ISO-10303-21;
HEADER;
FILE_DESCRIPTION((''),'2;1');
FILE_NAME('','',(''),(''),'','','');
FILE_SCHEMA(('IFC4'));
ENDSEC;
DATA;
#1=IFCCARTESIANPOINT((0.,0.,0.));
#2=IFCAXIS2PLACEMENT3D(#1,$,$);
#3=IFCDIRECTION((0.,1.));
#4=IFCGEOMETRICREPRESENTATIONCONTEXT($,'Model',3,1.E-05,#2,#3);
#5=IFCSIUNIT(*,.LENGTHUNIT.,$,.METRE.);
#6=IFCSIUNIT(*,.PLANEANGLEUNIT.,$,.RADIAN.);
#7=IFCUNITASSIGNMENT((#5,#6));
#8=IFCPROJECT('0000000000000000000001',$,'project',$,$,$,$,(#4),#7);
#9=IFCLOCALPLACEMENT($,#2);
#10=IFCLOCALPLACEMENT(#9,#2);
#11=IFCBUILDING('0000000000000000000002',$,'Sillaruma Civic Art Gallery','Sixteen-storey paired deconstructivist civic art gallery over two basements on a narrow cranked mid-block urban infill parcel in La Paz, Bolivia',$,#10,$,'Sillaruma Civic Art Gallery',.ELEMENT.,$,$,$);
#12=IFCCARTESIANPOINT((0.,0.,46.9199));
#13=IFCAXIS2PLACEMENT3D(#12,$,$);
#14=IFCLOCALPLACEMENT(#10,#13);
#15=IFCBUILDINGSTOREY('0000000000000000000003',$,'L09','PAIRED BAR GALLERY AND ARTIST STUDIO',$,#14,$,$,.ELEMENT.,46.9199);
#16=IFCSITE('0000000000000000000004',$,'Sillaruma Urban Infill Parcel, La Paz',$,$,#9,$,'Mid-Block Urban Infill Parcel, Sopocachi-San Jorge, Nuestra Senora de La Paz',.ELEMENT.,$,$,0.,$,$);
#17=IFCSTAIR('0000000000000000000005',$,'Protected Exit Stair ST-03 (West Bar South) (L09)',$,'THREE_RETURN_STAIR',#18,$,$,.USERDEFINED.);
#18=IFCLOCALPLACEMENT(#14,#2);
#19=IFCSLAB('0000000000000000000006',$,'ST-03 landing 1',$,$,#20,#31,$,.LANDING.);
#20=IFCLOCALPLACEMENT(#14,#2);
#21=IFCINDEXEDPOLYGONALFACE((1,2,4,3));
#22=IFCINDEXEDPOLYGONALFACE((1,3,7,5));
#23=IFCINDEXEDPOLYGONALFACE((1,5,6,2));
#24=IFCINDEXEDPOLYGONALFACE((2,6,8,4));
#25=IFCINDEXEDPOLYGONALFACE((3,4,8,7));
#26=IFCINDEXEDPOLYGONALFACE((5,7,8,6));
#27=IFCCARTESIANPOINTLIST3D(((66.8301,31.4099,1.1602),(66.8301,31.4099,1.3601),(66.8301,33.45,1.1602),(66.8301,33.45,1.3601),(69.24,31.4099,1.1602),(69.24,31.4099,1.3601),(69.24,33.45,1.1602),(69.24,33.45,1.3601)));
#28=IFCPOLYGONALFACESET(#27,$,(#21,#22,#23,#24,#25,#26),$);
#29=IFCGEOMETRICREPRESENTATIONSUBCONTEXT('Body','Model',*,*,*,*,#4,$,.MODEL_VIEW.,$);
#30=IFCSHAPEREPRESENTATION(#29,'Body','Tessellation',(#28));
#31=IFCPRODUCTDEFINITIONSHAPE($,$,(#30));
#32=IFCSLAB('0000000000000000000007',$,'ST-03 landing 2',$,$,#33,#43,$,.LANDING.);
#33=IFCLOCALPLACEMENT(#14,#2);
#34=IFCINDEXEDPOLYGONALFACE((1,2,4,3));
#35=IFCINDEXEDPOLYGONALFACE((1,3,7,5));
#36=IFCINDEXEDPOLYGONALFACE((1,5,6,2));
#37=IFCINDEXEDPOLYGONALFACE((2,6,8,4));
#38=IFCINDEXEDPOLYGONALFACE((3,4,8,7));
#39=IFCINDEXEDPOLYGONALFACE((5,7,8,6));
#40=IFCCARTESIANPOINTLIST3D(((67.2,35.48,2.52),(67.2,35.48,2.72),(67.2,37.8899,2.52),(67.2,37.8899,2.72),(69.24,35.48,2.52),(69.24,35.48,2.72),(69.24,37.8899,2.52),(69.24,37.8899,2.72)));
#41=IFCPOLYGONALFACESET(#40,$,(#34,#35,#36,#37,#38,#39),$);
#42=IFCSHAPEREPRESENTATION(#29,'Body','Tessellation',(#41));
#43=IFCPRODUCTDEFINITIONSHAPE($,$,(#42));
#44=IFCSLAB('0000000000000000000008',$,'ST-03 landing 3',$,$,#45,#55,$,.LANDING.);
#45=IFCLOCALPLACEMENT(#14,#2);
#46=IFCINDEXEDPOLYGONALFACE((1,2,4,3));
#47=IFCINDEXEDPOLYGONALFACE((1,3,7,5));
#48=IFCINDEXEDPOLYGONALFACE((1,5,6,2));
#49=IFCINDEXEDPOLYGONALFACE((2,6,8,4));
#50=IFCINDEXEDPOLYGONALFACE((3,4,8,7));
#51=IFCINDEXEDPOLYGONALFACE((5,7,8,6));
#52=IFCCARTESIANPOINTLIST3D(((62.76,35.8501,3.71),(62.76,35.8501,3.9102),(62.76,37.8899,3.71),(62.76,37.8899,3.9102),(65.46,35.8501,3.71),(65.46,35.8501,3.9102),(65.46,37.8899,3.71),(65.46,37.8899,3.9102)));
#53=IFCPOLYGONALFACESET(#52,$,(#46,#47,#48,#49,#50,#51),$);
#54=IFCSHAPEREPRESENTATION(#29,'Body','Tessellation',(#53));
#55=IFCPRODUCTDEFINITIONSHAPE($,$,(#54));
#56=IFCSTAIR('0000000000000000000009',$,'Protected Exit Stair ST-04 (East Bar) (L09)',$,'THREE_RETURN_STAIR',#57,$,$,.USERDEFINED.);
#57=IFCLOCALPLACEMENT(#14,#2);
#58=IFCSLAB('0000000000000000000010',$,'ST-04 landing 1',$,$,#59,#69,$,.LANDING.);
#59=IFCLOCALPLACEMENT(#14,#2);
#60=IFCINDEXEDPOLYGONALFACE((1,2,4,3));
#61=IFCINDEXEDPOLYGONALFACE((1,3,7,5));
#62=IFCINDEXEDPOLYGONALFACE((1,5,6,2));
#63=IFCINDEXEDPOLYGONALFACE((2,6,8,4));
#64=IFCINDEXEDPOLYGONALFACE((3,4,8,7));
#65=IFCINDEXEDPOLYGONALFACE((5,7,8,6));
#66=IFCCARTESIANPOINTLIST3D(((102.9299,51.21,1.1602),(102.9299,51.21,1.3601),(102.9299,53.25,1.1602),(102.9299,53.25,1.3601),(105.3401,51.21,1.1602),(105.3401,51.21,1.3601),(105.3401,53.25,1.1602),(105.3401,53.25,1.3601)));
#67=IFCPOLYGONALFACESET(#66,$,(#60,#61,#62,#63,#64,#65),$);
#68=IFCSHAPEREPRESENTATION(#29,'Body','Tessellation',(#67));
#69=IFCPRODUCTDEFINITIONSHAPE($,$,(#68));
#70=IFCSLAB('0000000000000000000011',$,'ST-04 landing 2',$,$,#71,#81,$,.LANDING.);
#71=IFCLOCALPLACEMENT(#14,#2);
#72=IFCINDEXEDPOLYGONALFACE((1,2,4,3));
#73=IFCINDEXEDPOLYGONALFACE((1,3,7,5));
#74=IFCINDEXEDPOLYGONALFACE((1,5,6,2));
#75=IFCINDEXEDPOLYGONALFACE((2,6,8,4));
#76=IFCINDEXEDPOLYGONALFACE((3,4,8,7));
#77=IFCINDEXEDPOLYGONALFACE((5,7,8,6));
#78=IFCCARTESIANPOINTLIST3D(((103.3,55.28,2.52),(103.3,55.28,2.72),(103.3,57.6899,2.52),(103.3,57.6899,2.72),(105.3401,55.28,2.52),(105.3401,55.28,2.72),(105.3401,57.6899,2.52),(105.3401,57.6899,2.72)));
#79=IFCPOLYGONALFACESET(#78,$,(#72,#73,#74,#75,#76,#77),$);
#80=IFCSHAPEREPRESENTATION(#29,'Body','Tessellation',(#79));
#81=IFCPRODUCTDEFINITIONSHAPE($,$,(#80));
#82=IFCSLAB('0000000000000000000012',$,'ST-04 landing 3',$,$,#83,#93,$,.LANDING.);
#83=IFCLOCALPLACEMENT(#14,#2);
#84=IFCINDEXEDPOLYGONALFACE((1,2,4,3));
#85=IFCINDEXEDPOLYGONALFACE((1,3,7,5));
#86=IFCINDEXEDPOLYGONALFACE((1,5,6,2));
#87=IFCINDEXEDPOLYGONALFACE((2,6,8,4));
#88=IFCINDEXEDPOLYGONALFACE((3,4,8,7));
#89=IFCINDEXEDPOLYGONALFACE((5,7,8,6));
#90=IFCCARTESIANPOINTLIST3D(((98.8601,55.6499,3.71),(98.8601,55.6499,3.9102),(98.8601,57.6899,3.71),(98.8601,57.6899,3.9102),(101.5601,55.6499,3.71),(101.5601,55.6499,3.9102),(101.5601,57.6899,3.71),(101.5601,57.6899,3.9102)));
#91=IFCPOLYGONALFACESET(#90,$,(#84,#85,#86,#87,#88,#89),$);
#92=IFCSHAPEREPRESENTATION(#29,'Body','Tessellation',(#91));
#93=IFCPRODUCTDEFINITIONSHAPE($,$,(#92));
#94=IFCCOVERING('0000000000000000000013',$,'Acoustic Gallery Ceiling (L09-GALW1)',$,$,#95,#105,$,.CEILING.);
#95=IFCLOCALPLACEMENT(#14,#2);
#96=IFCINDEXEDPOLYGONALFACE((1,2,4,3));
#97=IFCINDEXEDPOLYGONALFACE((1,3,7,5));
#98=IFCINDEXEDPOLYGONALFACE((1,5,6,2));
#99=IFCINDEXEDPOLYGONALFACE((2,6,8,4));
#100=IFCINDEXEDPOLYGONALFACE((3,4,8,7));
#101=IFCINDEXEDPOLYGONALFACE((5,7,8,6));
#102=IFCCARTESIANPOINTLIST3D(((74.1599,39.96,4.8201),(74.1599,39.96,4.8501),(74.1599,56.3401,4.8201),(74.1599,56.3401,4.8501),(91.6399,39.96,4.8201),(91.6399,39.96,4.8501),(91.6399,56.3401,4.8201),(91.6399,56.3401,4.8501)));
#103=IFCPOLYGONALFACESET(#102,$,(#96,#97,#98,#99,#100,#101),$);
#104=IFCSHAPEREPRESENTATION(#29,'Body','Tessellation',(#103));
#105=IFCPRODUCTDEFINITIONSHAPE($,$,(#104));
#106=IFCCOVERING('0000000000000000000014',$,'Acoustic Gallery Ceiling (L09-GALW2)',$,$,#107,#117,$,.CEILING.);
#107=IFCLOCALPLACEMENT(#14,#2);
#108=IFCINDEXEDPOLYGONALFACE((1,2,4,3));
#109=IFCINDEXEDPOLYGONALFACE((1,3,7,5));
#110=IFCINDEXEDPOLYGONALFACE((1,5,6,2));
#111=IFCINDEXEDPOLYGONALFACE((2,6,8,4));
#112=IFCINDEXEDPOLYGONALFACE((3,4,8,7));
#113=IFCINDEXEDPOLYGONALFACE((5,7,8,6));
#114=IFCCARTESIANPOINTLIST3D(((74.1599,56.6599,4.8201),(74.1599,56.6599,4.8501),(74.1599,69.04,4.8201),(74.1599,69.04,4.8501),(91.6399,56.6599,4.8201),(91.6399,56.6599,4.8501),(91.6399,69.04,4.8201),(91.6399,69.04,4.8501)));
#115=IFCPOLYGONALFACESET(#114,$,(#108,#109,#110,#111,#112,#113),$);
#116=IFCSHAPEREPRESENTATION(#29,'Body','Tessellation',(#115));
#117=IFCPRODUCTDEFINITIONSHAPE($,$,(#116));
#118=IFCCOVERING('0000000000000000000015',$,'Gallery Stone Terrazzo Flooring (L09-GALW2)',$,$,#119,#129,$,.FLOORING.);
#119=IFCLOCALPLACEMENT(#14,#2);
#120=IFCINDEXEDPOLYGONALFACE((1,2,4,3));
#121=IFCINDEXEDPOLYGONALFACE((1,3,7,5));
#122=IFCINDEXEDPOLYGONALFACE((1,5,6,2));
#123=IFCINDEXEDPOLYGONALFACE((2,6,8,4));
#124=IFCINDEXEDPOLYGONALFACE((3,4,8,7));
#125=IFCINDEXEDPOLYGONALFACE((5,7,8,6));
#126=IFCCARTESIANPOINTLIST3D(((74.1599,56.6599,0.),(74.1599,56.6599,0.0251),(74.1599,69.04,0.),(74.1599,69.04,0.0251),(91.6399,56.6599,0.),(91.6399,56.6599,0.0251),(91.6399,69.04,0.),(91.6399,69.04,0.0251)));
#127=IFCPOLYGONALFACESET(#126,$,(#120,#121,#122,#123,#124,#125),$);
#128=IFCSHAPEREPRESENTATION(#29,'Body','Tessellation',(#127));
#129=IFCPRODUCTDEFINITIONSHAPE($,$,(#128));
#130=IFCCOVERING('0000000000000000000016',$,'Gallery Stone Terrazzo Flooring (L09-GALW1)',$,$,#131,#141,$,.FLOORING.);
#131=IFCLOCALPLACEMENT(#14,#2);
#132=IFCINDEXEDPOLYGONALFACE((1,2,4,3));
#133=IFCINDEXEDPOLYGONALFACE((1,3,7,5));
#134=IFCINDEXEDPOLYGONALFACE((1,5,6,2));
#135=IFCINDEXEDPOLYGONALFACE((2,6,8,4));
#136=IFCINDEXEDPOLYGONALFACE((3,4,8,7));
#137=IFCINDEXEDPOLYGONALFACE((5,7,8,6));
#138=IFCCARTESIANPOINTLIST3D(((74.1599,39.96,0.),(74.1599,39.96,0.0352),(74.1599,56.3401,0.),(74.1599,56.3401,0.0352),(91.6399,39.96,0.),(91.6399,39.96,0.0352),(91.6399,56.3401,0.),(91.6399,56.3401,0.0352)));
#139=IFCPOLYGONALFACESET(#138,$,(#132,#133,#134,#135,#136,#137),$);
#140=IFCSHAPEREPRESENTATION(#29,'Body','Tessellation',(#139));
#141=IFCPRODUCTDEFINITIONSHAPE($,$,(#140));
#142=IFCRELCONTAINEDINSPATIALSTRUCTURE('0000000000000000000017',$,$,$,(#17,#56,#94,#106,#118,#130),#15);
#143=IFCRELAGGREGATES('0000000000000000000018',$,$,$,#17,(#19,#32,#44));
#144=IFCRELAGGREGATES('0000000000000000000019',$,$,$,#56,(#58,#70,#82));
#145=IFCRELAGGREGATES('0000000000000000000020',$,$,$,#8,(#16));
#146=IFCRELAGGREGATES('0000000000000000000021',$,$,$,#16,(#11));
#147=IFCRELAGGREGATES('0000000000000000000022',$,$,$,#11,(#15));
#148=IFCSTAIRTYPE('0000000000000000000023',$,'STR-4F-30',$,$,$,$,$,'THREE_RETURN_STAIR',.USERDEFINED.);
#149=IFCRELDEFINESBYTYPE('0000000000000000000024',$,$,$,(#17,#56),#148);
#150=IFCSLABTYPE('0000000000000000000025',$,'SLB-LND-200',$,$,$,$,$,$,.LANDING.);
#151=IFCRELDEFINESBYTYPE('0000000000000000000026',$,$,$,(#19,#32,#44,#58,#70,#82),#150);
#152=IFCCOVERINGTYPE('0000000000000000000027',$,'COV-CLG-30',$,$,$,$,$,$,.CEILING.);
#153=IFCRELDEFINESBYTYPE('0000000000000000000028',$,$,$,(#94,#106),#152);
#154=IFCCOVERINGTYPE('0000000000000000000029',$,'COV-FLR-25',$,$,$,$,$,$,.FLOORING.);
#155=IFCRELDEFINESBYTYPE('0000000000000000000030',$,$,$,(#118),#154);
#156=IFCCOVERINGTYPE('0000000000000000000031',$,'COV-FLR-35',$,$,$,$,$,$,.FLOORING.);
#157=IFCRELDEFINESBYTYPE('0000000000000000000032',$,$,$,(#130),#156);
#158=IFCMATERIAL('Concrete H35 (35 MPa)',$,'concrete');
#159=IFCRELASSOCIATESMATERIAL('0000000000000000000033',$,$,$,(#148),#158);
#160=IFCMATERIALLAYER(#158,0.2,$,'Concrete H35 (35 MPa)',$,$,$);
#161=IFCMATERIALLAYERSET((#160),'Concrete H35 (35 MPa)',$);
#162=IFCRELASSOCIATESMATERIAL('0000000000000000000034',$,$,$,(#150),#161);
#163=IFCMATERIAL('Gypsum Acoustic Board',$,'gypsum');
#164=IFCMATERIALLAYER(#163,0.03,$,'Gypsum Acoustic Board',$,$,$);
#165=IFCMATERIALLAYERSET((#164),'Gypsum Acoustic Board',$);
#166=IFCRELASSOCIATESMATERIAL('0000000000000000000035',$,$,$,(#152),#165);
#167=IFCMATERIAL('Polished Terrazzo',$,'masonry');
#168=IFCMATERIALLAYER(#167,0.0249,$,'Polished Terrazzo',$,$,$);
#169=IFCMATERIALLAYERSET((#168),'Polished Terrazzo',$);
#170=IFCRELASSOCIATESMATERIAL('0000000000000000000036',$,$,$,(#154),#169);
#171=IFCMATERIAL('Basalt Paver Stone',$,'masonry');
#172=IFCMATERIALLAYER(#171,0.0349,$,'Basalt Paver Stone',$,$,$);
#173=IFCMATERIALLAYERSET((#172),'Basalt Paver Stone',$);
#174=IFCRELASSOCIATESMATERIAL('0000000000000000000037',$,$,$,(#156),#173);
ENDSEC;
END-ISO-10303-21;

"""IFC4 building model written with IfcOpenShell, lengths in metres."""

from ifc_helpers import new_model, si_unit, direction, frame, origin, place, context, subcontext, project, spatial, polyline, outline, extrude, material, layer, layer_set, type_object, element, aggregate, save


model = new_model("IFC4")

# Units and contexts
model_context = context("Model", 3, precision=1e-05, world=origin(), true_north=direction((0.0, 1.0)))
body_context = subcontext(model_context, "Body", "Model", "MODEL_VIEW")
ifc_project = project(units=[si_unit("LENGTHUNIT", "METRE"), si_unit("PLANEANGLEUNIT", "RADIAN")], contexts=[model_context])

# Site, building, storey
site_placement = place(None, origin())
site = spatial("IfcSite", under=ifc_project, at=site_placement, Name="Sillaruma Urban Infill Parcel, La Paz", LongName="Mid-Block Urban Infill Parcel, Sopocachi-San Jorge, Nuestra Senora de La Paz", CompositionType="ELEMENT", RefElevation=0.0)
building_placement = place(site_placement, origin())
building = spatial("IfcBuilding", under=site, at=building_placement, Name="Sillaruma Civic Art Gallery", Description="Sixteen-storey paired deconstructivist civic art gallery over two basements on a narrow cranked mid-block urban infill parcel in La Paz, Bolivia", LongName="Sillaruma Civic Art Gallery", CompositionType="ELEMENT")
storey_placement = place(building_placement, frame((0.0, 0.0, 46.9199)))
storey = spatial("IfcBuildingStorey", under=building, at=storey_placement, Name="L09", Description="PAIRED BAR GALLERY AND ARTIST STUDIO", CompositionType="ELEMENT", Elevation=46.9199)

# Shared definitions
ifc_material_1 = material(Name="Concrete H35 (35 MPa)", Category="concrete")

# Stairs, slabs
stair_type_1 = type_object("IfcStairType", Name="STR-4F-30", ElementType="THREE_RETURN_STAIR", PredefinedType="USERDEFINED", material=ifc_material_1)
ifc_layer_1 = layer(ifc_material_1, 0.2, Name="Concrete H35 (35 MPa)")
ifc_layer_set_1 = layer_set([ifc_layer_1], Name="Concrete H35 (35 MPa)")
slab_type_1 = type_object("IfcSlabType", Name="SLB-LND-200", PredefinedType="LANDING", material=ifc_layer_set_1)
stair_1_placement = place(storey_placement, origin())
stair_1 = element("IfcStair", 1, at=stair_1_placement, inside=storey, type_object=stair_type_1, Name="Protected Exit Stair ST-03 (West Bar South) (L09)", ObjectType="THREE_RETURN_STAIR", PredefinedType="USERDEFINED")
slab_1_placement = place(storey_placement, frame((0.0, 0.0, 1.1602)))
slab_1 = element("IfcSlab", 2, at=slab_1_placement, type_object=slab_type_1, Name="ST-03 landing 1", PredefinedType="LANDING", context=body_context, shape_type="SweptSolid", body=[
    extrude(outline(polyline([(66.8301, 31.4099), (69.24, 31.4099), (69.24, 33.45), (66.8301, 33.45), (66.8301, 31.4099)])), origin(), (0.0, 0.0, 1.0), 0.2),
])
slab_2_placement = place(storey_placement, frame((0.0, 0.0, 2.52)))
slab_2 = element("IfcSlab", 3, at=slab_2_placement, type_object=slab_type_1, Name="ST-03 landing 2", PredefinedType="LANDING", context=body_context, shape_type="SweptSolid", body=[
    extrude(outline(polyline([(67.2, 35.48), (69.24, 35.48), (69.24, 37.8899), (67.2, 37.8899), (67.2, 35.48)])), origin(), (0.0, 0.0, 1.0), 0.2),
])
slab_3_placement = place(storey_placement, frame((0.0, 0.0, 3.71)))
slab_3 = element("IfcSlab", 4, at=slab_3_placement, type_object=slab_type_1, Name="ST-03 landing 3", PredefinedType="LANDING", context=body_context, shape_type="SweptSolid", body=[
    extrude(outline(polyline([(62.76, 35.8501), (65.46, 35.8501), (65.46, 37.8899), (62.76, 37.8899), (62.76, 35.8501)])), origin(), (0.0, 0.0, 1.0), 0.2002),
])
aggregate(stair_1, [slab_1, slab_2, slab_3])
stair_2_placement = place(storey_placement, origin())
stair_2 = element("IfcStair", 5, at=stair_2_placement, inside=storey, type_object=stair_type_1, Name="Protected Exit Stair ST-04 (East Bar) (L09)", ObjectType="THREE_RETURN_STAIR", PredefinedType="USERDEFINED")
slab_4_placement = place(storey_placement, frame((0.0, 0.0, 1.1602)))
slab_4 = element("IfcSlab", 6, at=slab_4_placement, type_object=slab_type_1, Name="ST-04 landing 1", PredefinedType="LANDING", context=body_context, shape_type="SweptSolid", body=[
    extrude(outline(polyline([(102.9299, 51.21), (105.3401, 51.21), (105.3401, 53.25), (102.9299, 53.25), (102.9299, 51.21)])), origin(), (0.0, 0.0, 1.0), 0.2),
])
slab_5_placement = place(storey_placement, frame((0.0, 0.0, 2.52)))
slab_5 = element("IfcSlab", 7, at=slab_5_placement, type_object=slab_type_1, Name="ST-04 landing 2", PredefinedType="LANDING", context=body_context, shape_type="SweptSolid", body=[
    extrude(outline(polyline([(103.3, 55.28), (105.3401, 55.28), (105.3401, 57.6899), (103.3, 57.6899), (103.3, 55.28)])), origin(), (0.0, 0.0, 1.0), 0.2),
])
slab_6_placement = place(storey_placement, frame((0.0, 0.0, 3.71)))
slab_6 = element("IfcSlab", 8, at=slab_6_placement, type_object=slab_type_1, Name="ST-04 landing 3", PredefinedType="LANDING", context=body_context, shape_type="SweptSolid", body=[
    extrude(outline(polyline([(98.8601, 55.6499), (101.5601, 55.6499), (101.5601, 57.6899), (98.8601, 57.6899), (98.8601, 55.6499)])), origin(), (0.0, 0.0, 1.0), 0.2002),
])
aggregate(stair_2, [slab_4, slab_5, slab_6])

# Coverings
ifc_material_2 = material(Name="Gypsum Acoustic Board", Category="gypsum")
ifc_layer_2 = layer(ifc_material_2, 0.03, Name="Gypsum Acoustic Board")
ifc_layer_set_2 = layer_set([ifc_layer_2], Name="Gypsum Acoustic Board")
covering_type_1 = type_object("IfcCoveringType", Name="COV-CLG-30", PredefinedType="CEILING", material=ifc_layer_set_2)
covering_1_placement = place(storey_placement, frame((0.0, 0.0, 4.8201)))
element("IfcCovering", 9, at=covering_1_placement, inside=storey, type_object=covering_type_1, Name="Acoustic Gallery Ceiling (L09-GALW1)", PredefinedType="CEILING", context=body_context, shape_type="SweptSolid", body=[
    extrude(outline(polyline([(74.1599, 39.96), (91.6399, 39.96), (91.6399, 56.3401), (74.1599, 56.3401), (74.1599, 39.96)])), origin(), (0.0, 0.0, 1.0), 0.03),
])
covering_2_placement = place(storey_placement, frame((0.0, 0.0, 4.8201)))
element("IfcCovering", 10, at=covering_2_placement, inside=storey, type_object=covering_type_1, Name="Acoustic Gallery Ceiling (L09-GALW2)", PredefinedType="CEILING", context=body_context, shape_type="SweptSolid", body=[
    extrude(outline(polyline([(74.1599, 56.6599), (91.6399, 56.6599), (91.6399, 69.04), (74.1599, 69.04), (74.1599, 56.6599)])), origin(), (0.0, 0.0, 1.0), 0.03),
])
ifc_material_3 = material(Name="Polished Terrazzo", Category="masonry")
ifc_layer_3 = layer(ifc_material_3, 0.0249, Name="Polished Terrazzo")
ifc_layer_set_3 = layer_set([ifc_layer_3], Name="Polished Terrazzo")
covering_type_2 = type_object("IfcCoveringType", Name="COV-FLR-25", PredefinedType="FLOORING", material=ifc_layer_set_3)
covering_3_placement = place(storey_placement, origin())
element("IfcCovering", 11, at=covering_3_placement, inside=storey, type_object=covering_type_2, Name="Gallery Stone Terrazzo Flooring (L09-GALW2)", PredefinedType="FLOORING", context=body_context, shape_type="SweptSolid", body=[
    extrude(outline(polyline([(74.1599, 56.6599), (91.6399, 56.6599), (91.6399, 69.04), (74.1599, 69.04), (74.1599, 56.6599)])), origin(), (0.0, 0.0, 1.0), 0.0251),
])
ifc_material_4 = material(Name="Basalt Paver Stone", Category="masonry")
ifc_layer_4 = layer(ifc_material_4, 0.0349, Name="Basalt Paver Stone")
ifc_layer_set_4 = layer_set([ifc_layer_4], Name="Basalt Paver Stone")
covering_type_3 = type_object("IfcCoveringType", Name="COV-FLR-35", PredefinedType="FLOORING", material=ifc_layer_set_4)
covering_4_placement = place(storey_placement, origin())
element("IfcCovering", 12, at=covering_4_placement, inside=storey, type_object=covering_type_3, Name="Gallery Stone Terrazzo Flooring (L09-GALW1)", PredefinedType="FLOORING", context=body_context, shape_type="SweptSolid", body=[
    extrude(outline(polyline([(74.1599, 39.96), (91.6399, 39.96), (91.6399, 56.3401), (74.1599, 56.3401), (74.1599, 39.96)])), origin(), (0.0, 0.0, 1.0), 0.0352),
])

save(model, "model.ifc")
